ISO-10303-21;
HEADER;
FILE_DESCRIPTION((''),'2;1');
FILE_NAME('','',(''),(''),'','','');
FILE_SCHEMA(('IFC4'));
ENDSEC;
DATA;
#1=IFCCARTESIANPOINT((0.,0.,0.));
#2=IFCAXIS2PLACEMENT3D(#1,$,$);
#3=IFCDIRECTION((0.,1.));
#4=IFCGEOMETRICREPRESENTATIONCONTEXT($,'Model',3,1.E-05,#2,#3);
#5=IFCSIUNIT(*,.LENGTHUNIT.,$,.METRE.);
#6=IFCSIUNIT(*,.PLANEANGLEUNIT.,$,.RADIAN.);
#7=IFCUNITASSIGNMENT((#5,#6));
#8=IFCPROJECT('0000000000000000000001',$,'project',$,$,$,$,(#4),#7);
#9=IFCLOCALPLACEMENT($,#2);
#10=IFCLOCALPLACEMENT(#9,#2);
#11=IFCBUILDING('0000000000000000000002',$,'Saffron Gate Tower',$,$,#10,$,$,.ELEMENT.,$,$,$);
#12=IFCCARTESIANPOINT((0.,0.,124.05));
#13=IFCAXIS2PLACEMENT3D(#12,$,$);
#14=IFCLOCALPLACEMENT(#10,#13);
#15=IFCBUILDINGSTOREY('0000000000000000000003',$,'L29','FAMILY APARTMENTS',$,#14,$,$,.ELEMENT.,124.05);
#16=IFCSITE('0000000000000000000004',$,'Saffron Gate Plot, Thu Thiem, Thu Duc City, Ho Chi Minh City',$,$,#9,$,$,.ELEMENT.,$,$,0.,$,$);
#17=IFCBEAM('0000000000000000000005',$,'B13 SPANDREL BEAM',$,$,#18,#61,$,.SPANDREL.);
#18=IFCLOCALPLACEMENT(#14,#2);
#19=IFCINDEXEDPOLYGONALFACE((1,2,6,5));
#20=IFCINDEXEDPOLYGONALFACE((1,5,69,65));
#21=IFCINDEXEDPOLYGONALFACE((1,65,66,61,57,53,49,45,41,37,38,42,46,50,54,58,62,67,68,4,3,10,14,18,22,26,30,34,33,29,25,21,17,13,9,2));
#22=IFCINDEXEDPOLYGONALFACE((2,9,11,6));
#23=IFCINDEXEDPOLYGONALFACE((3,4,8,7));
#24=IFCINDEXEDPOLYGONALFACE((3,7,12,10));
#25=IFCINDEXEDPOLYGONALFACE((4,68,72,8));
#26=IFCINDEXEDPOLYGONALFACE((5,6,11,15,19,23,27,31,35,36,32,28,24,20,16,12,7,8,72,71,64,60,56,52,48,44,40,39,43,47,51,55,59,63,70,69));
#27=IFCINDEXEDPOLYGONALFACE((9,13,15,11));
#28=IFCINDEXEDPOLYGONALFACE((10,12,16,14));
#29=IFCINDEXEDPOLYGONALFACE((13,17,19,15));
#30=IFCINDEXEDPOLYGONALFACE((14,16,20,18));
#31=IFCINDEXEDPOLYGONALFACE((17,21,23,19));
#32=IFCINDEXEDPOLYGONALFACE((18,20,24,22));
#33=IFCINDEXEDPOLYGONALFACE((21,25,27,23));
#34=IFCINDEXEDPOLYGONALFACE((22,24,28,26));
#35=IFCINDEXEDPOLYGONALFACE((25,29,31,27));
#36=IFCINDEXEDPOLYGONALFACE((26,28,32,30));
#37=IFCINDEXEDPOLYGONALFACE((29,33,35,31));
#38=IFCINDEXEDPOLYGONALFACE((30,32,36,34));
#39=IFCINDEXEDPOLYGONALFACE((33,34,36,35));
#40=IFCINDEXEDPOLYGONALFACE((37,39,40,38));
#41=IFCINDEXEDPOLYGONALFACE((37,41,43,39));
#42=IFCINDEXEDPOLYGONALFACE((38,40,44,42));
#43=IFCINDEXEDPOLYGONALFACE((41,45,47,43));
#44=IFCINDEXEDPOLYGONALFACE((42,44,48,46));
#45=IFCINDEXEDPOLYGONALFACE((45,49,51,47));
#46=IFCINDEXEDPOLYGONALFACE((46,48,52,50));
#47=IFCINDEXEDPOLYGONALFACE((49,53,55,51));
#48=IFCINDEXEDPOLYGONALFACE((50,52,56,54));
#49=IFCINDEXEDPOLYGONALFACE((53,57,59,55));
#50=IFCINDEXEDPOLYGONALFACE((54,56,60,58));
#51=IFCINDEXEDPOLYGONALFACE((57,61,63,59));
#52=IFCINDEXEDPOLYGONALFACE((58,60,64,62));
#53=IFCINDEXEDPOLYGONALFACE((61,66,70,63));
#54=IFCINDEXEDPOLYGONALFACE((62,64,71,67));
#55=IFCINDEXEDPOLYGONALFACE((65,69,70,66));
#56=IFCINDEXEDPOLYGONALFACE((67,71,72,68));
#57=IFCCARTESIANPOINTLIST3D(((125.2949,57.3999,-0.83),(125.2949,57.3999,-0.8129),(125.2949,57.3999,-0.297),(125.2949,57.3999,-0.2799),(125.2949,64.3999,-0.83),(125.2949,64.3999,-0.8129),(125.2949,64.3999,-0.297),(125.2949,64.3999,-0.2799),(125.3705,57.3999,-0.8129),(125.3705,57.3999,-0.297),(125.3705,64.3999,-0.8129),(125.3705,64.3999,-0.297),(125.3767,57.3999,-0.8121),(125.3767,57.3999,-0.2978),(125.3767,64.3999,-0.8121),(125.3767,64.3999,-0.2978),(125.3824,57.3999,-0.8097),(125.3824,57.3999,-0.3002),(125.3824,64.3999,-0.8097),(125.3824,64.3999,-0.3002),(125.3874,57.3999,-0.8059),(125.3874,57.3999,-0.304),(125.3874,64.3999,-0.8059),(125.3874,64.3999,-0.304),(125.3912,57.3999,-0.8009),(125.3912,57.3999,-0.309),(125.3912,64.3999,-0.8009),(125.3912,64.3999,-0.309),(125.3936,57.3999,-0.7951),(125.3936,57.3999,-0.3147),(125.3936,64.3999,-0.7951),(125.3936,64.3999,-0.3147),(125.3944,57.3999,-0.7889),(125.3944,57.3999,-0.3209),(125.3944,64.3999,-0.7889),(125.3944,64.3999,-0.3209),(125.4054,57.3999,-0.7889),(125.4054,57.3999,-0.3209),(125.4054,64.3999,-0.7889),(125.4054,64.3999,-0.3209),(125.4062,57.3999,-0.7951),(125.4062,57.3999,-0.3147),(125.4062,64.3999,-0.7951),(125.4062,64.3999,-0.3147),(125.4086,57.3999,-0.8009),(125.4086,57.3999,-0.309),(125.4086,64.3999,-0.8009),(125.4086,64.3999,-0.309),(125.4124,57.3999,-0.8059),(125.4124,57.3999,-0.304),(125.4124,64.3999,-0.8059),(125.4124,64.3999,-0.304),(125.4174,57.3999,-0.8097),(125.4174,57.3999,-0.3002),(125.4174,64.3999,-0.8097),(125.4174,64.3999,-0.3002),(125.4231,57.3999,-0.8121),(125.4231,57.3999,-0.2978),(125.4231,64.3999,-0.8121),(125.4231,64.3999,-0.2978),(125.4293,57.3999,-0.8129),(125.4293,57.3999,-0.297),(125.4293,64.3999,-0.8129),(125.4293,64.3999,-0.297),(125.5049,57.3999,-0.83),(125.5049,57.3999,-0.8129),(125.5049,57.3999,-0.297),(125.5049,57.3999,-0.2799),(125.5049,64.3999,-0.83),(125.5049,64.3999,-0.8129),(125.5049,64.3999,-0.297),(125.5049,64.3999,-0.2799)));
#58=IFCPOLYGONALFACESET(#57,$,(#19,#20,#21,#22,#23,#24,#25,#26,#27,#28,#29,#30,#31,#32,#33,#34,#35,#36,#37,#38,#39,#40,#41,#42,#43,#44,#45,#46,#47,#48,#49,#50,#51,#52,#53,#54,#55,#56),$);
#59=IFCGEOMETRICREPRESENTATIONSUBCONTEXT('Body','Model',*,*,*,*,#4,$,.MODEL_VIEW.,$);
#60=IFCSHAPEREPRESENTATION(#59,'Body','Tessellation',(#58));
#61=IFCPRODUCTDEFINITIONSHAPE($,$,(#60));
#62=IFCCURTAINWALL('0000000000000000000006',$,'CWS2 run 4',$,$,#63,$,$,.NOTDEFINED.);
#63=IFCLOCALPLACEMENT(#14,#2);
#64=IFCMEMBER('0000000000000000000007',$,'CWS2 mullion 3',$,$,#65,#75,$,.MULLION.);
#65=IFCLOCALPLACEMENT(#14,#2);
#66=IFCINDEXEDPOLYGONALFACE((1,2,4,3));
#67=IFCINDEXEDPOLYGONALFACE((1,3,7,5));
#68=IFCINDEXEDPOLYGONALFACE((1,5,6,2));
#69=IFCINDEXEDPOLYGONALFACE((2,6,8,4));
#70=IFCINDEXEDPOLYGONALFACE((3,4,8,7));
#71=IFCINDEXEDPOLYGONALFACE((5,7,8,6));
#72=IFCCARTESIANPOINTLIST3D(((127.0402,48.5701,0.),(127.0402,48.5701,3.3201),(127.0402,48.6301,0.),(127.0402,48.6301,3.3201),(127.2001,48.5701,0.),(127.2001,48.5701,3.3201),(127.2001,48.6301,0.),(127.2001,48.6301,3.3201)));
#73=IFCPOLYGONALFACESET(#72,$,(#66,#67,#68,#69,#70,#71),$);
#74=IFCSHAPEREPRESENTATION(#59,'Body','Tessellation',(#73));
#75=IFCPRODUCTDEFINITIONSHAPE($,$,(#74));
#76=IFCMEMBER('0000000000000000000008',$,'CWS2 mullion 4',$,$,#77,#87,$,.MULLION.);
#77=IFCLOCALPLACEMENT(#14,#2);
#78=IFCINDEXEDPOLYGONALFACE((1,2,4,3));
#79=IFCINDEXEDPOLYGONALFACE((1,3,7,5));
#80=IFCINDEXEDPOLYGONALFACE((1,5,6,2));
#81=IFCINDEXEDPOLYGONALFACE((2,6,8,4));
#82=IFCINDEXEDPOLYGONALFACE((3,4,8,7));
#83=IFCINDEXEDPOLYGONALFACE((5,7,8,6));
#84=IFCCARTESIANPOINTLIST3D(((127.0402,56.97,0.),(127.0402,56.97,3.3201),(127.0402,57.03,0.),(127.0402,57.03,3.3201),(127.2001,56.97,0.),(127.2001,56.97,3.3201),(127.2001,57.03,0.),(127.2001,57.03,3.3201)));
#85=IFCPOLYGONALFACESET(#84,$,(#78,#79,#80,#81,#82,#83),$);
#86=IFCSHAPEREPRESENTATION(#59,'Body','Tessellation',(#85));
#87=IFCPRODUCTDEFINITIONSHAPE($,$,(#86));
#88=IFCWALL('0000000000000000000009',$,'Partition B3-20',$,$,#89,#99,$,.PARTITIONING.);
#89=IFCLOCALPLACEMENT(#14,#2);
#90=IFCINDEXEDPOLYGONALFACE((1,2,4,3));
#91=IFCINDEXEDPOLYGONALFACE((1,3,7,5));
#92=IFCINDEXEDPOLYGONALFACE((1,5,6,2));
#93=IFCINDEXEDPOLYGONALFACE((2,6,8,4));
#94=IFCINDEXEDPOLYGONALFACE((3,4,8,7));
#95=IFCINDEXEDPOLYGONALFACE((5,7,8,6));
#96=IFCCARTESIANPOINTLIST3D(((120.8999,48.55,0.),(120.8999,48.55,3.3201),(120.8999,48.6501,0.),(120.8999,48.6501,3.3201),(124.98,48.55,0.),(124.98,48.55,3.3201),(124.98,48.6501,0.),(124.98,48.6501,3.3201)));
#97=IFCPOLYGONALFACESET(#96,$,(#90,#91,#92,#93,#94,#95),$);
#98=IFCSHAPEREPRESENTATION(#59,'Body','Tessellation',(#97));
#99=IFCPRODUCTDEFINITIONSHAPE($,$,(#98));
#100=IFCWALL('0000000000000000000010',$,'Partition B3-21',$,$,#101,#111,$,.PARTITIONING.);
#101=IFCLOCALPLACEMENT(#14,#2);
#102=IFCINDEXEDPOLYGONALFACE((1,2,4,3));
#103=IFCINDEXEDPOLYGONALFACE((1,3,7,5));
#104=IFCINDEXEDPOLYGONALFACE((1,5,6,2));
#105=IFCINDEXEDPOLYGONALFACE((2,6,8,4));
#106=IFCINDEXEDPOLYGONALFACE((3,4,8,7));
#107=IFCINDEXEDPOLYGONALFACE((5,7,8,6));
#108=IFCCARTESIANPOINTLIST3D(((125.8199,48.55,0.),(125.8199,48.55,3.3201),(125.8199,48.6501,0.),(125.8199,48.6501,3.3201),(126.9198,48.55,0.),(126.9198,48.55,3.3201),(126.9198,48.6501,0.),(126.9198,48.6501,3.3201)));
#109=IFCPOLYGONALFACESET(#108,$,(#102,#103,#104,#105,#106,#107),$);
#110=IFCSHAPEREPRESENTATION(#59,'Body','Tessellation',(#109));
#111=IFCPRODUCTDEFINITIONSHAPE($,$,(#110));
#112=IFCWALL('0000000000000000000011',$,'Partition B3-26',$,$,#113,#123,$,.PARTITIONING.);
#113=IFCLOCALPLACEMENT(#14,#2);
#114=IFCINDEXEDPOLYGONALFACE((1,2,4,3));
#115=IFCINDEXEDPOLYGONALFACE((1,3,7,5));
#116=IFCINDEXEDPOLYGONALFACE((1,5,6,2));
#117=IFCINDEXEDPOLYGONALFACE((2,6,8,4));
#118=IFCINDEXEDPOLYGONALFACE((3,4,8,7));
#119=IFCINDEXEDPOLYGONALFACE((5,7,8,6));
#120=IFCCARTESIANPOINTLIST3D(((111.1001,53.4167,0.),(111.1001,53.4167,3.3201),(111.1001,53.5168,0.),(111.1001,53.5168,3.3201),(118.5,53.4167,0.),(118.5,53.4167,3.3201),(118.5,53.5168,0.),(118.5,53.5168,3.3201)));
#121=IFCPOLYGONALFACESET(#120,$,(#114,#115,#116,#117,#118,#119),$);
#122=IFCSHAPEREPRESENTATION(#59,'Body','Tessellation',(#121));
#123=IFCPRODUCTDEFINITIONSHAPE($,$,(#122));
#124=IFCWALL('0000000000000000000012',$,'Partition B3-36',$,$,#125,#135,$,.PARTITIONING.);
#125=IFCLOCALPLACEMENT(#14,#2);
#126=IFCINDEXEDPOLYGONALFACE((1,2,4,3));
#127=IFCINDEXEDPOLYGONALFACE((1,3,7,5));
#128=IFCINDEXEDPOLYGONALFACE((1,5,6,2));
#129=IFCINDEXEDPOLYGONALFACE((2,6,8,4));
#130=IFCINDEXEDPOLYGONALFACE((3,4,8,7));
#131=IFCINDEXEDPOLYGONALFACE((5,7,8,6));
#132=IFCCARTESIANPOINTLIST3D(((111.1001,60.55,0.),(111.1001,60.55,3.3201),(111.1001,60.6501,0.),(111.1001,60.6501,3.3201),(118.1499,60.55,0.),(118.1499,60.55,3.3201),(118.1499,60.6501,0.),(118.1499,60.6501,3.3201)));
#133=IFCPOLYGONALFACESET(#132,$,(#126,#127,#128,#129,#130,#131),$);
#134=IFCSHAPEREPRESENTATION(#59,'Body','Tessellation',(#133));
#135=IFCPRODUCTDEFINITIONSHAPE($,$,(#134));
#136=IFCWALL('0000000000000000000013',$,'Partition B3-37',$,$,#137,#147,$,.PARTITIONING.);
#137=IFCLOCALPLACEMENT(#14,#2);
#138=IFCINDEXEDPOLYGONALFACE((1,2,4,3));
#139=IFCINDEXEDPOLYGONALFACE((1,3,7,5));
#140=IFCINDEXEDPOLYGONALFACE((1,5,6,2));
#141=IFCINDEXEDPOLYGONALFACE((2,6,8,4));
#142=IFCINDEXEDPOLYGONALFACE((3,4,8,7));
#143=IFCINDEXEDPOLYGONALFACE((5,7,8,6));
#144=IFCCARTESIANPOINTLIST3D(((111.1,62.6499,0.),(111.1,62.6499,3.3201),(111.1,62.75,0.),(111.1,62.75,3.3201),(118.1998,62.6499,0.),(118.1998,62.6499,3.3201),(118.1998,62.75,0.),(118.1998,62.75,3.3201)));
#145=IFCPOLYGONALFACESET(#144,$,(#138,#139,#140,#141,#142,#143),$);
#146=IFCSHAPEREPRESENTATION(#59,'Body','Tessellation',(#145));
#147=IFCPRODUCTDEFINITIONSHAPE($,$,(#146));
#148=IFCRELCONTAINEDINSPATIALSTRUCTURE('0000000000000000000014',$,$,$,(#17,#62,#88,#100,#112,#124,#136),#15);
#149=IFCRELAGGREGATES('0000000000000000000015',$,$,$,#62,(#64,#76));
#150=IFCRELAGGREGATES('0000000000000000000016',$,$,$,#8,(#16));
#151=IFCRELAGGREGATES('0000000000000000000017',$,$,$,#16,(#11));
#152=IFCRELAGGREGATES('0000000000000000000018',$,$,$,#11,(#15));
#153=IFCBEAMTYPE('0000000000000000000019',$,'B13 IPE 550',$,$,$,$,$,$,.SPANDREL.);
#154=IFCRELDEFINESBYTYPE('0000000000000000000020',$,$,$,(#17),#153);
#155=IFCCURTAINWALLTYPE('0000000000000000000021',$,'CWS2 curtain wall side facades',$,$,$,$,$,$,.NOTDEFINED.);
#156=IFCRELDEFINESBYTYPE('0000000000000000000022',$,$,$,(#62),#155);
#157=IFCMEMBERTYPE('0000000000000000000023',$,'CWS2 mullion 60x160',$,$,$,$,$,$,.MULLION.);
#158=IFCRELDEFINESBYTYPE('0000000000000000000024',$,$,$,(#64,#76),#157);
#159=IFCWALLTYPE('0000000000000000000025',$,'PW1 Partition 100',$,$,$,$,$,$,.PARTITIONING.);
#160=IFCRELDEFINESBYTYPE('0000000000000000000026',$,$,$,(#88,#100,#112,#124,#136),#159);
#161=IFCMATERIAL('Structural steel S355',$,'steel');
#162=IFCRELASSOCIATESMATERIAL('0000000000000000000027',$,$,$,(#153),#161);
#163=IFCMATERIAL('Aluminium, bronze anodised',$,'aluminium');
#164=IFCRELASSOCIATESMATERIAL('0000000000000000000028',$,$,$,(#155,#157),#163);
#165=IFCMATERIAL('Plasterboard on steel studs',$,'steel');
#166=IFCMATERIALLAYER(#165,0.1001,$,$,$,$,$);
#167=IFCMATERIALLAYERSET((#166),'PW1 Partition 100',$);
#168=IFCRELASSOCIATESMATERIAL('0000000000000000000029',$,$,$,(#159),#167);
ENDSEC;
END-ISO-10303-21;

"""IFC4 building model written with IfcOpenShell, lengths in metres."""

from ifc_helpers import new_model, si_unit, direction, frame, frame_2d, origin, origin_2d, place, context, subcontext, project, spatial, rectangle, i_section, extrude, material, layer, layer_set, material_profile, profile_set, type_object, element, aggregate, save


model = new_model("IFC4")

# Units and contexts
model_context = context("Model", 3, precision=1e-05, world=origin(), true_north=direction((0.0, 1.0)))
body_context = subcontext(model_context, "Body", "Model", "MODEL_VIEW")
ifc_project = project(units=[si_unit("LENGTHUNIT", "METRE"), si_unit("PLANEANGLEUNIT", "RADIAN")], contexts=[model_context])

# Site, building, storey
site_placement = place(None, origin())
site = spatial("IfcSite", under=ifc_project, at=site_placement, Name="Saffron Gate Plot, Thu Thiem, Thu Duc City, Ho Chi Minh City", CompositionType="ELEMENT", RefElevation=0.0)
building_placement = place(site_placement, origin())
building = spatial("IfcBuilding", under=site, at=building_placement, Name="Saffron Gate Tower", CompositionType="ELEMENT")
storey_placement = place(building_placement, frame((0.0, 0.0, 124.05)))
storey = spatial("IfcBuildingStorey", under=building, at=storey_placement, Name="L29", Description="FAMILY APARTMENTS", CompositionType="ELEMENT", Elevation=124.05)

# Beam
ifc_material_1 = material(Name="Structural steel S355", Category="steel")
ifc_material_profile_1 = material_profile(ifc_material_1, i_section(OverallWidth=0.21, OverallDepth=0.55, WebThickness=0.011, FlangeThickness=0.0171, FilletRadius=0.0239, at=origin_2d()))
ifc_profile_set_1 = profile_set([ifc_material_profile_1], Name="Structural steel S355")
beam_type_1 = type_object("IfcBeamType", Name="B13 IPE 550", PredefinedType="SPANDREL", material=ifc_profile_set_1)
beam_1_placement = place(storey_placement, frame((125.3999, 57.3999, -0.5549), z_axis=(0.0, 1.0, 0.0), x_axis=(-1.0, 0.0, 0.0)))
element("IfcBeam", 1, at=beam_1_placement, inside=storey, type_object=beam_type_1, Name="B13 SPANDREL BEAM", PredefinedType="SPANDREL", context=body_context, shape_type="SweptSolid", body=[
    extrude(i_section(OverallWidth=0.21, OverallDepth=0.55, WebThickness=0.011, FlangeThickness=0.0171, FilletRadius=0.0239, at=origin_2d()), origin(), (0.0, 0.0, 1.0), 7.0),
])

# Curtain wall, members
ifc_material_2 = material(Name="Aluminium, bronze anodised", Category="aluminium")
curtain_wall_type = type_object("IfcCurtainWallType", Name="CWS2 curtain wall side facades", PredefinedType="NOTDEFINED", material=ifc_material_2)
curtain_wall_placement = place(storey_placement, origin())
curtain_wall = element("IfcCurtainWall", 2, at=curtain_wall_placement, inside=storey, type_object=curtain_wall_type, Name="CWS2 run 4", PredefinedType="NOTDEFINED")
ifc_material_profile_2 = material_profile(ifc_material_2, rectangle(XDim=0.1599, YDim=0.0601, at=origin_2d()))
ifc_profile_set_2 = profile_set([ifc_material_profile_2], Name="Aluminium, bronze anodised")
member_type = type_object("IfcMemberType", Name="CWS2 mullion 60x160", PredefinedType="MULLION", material=ifc_profile_set_2)
member_1_placement = place(storey_placement, frame((127.1201, 48.6001, 0.0), z_axis=(0.0, 0.0, 1.0), x_axis=(-1.0, 0.0, 0.0)))
member_1 = element("IfcMember", 3, at=member_1_placement, type_object=member_type, Name="CWS2 mullion 3", PredefinedType="MULLION", context=body_context, shape_type="SweptSolid", body=[
    extrude(rectangle(XDim=0.1599, YDim=0.0601, at=origin_2d()), origin(), (0.0, 0.0, 1.0), 3.3201),
])
member_2_placement = place(storey_placement, frame((127.1201, 57.0, 0.0), z_axis=(0.0, 0.0, 1.0), x_axis=(-1.0, 0.0, 0.0)))
member_2 = element("IfcMember", 4, at=member_2_placement, type_object=member_type, Name="CWS2 mullion 4", PredefinedType="MULLION", context=body_context, shape_type="SweptSolid", body=[
    extrude(rectangle(XDim=0.1599, YDim=0.0601, at=origin_2d()), origin(), (0.0, 0.0, 1.0), 3.3201),
])
aggregate(curtain_wall, [member_1, member_2])

# Walls
ifc_material_3 = material(Name="Plasterboard on steel studs", Category="steel")
ifc_layer_1 = layer(ifc_material_3, 0.1001)
ifc_layer_set_1 = layer_set([ifc_layer_1], Name="PW1 Partition 100")
wall_type_1 = type_object("IfcWallType", Name="PW1 Partition 100", PredefinedType="PARTITIONING", material=ifc_layer_set_1)
wall_1_placement = place(storey_placement, frame((120.8999, 48.6001, 0.0), z_axis=(0.0, 0.0, 1.0), x_axis=(1.0, 0.0, 0.0)))
element("IfcWall", 5, at=wall_1_placement, inside=storey, type_object=wall_type_1, Name="Partition B3-20", PredefinedType="PARTITIONING", context=body_context, shape_type="SweptSolid", body=[
    extrude(rectangle(XDim=4.0801, YDim=0.1001, at=frame_2d((2.04, 0.0))), origin(), (0.0, 0.0, 1.0), 3.3201),
])
wall_2_placement = place(storey_placement, frame((125.8201, 48.6001, 0.0), z_axis=(0.0, 0.0, 1.0), x_axis=(1.0, 0.0, 0.0)))
element("IfcWall", 6, at=wall_2_placement, inside=storey, type_object=wall_type_1, Name="Partition B3-21", PredefinedType="PARTITIONING", context=body_context, shape_type="SweptSolid", body=[
    extrude(rectangle(XDim=1.0999, YDim=0.1001, at=frame_2d((0.5498, 0.0))), origin(), (0.0, 0.0, 1.0), 3.3201),
])
wall_3_placement = place(storey_placement, frame((111.1001, 53.4668, 0.0), z_axis=(0.0, 0.0, 1.0), x_axis=(1.0, 0.0, 0.0)))
element("IfcWall", 7, at=wall_3_placement, inside=storey, type_object=wall_type_1, Name="Partition B3-26", PredefinedType="PARTITIONING", context=body_context, shape_type="SweptSolid", body=[
    extrude(rectangle(XDim=7.3999, YDim=0.1001, at=frame_2d((3.7, 0.0))), origin(), (0.0, 0.0, 1.0), 3.3201),
])
wall_4_placement = place(storey_placement, frame((111.1001, 60.6001, 0.0), z_axis=(0.0, 0.0, 1.0), x_axis=(1.0, 0.0, 0.0)))
element("IfcWall", 8, at=wall_4_placement, inside=storey, type_object=wall_type_1, Name="Partition B3-36", PredefinedType="PARTITIONING", context=body_context, shape_type="SweptSolid", body=[
    extrude(rectangle(XDim=7.0498, YDim=0.1001, at=frame_2d((3.5249, 0.0))), origin(), (0.0, 0.0, 1.0), 3.3201),
])
wall_5_placement = place(storey_placement, frame((111.1001, 62.7, 0.0), z_axis=(0.0, 0.0, 1.0), x_axis=(1.0, 0.0, 0.0)))
element("IfcWall", 9, at=wall_5_placement, inside=storey, type_object=wall_type_1, Name="Partition B3-37", PredefinedType="PARTITIONING", context=body_context, shape_type="SweptSolid", body=[
    extrude(rectangle(XDim=7.0999, YDim=0.1001, at=frame_2d((3.5498, 0.0))), origin(), (0.0, 0.0, 1.0), 3.3201),
])

save(model, "model.ifc")
